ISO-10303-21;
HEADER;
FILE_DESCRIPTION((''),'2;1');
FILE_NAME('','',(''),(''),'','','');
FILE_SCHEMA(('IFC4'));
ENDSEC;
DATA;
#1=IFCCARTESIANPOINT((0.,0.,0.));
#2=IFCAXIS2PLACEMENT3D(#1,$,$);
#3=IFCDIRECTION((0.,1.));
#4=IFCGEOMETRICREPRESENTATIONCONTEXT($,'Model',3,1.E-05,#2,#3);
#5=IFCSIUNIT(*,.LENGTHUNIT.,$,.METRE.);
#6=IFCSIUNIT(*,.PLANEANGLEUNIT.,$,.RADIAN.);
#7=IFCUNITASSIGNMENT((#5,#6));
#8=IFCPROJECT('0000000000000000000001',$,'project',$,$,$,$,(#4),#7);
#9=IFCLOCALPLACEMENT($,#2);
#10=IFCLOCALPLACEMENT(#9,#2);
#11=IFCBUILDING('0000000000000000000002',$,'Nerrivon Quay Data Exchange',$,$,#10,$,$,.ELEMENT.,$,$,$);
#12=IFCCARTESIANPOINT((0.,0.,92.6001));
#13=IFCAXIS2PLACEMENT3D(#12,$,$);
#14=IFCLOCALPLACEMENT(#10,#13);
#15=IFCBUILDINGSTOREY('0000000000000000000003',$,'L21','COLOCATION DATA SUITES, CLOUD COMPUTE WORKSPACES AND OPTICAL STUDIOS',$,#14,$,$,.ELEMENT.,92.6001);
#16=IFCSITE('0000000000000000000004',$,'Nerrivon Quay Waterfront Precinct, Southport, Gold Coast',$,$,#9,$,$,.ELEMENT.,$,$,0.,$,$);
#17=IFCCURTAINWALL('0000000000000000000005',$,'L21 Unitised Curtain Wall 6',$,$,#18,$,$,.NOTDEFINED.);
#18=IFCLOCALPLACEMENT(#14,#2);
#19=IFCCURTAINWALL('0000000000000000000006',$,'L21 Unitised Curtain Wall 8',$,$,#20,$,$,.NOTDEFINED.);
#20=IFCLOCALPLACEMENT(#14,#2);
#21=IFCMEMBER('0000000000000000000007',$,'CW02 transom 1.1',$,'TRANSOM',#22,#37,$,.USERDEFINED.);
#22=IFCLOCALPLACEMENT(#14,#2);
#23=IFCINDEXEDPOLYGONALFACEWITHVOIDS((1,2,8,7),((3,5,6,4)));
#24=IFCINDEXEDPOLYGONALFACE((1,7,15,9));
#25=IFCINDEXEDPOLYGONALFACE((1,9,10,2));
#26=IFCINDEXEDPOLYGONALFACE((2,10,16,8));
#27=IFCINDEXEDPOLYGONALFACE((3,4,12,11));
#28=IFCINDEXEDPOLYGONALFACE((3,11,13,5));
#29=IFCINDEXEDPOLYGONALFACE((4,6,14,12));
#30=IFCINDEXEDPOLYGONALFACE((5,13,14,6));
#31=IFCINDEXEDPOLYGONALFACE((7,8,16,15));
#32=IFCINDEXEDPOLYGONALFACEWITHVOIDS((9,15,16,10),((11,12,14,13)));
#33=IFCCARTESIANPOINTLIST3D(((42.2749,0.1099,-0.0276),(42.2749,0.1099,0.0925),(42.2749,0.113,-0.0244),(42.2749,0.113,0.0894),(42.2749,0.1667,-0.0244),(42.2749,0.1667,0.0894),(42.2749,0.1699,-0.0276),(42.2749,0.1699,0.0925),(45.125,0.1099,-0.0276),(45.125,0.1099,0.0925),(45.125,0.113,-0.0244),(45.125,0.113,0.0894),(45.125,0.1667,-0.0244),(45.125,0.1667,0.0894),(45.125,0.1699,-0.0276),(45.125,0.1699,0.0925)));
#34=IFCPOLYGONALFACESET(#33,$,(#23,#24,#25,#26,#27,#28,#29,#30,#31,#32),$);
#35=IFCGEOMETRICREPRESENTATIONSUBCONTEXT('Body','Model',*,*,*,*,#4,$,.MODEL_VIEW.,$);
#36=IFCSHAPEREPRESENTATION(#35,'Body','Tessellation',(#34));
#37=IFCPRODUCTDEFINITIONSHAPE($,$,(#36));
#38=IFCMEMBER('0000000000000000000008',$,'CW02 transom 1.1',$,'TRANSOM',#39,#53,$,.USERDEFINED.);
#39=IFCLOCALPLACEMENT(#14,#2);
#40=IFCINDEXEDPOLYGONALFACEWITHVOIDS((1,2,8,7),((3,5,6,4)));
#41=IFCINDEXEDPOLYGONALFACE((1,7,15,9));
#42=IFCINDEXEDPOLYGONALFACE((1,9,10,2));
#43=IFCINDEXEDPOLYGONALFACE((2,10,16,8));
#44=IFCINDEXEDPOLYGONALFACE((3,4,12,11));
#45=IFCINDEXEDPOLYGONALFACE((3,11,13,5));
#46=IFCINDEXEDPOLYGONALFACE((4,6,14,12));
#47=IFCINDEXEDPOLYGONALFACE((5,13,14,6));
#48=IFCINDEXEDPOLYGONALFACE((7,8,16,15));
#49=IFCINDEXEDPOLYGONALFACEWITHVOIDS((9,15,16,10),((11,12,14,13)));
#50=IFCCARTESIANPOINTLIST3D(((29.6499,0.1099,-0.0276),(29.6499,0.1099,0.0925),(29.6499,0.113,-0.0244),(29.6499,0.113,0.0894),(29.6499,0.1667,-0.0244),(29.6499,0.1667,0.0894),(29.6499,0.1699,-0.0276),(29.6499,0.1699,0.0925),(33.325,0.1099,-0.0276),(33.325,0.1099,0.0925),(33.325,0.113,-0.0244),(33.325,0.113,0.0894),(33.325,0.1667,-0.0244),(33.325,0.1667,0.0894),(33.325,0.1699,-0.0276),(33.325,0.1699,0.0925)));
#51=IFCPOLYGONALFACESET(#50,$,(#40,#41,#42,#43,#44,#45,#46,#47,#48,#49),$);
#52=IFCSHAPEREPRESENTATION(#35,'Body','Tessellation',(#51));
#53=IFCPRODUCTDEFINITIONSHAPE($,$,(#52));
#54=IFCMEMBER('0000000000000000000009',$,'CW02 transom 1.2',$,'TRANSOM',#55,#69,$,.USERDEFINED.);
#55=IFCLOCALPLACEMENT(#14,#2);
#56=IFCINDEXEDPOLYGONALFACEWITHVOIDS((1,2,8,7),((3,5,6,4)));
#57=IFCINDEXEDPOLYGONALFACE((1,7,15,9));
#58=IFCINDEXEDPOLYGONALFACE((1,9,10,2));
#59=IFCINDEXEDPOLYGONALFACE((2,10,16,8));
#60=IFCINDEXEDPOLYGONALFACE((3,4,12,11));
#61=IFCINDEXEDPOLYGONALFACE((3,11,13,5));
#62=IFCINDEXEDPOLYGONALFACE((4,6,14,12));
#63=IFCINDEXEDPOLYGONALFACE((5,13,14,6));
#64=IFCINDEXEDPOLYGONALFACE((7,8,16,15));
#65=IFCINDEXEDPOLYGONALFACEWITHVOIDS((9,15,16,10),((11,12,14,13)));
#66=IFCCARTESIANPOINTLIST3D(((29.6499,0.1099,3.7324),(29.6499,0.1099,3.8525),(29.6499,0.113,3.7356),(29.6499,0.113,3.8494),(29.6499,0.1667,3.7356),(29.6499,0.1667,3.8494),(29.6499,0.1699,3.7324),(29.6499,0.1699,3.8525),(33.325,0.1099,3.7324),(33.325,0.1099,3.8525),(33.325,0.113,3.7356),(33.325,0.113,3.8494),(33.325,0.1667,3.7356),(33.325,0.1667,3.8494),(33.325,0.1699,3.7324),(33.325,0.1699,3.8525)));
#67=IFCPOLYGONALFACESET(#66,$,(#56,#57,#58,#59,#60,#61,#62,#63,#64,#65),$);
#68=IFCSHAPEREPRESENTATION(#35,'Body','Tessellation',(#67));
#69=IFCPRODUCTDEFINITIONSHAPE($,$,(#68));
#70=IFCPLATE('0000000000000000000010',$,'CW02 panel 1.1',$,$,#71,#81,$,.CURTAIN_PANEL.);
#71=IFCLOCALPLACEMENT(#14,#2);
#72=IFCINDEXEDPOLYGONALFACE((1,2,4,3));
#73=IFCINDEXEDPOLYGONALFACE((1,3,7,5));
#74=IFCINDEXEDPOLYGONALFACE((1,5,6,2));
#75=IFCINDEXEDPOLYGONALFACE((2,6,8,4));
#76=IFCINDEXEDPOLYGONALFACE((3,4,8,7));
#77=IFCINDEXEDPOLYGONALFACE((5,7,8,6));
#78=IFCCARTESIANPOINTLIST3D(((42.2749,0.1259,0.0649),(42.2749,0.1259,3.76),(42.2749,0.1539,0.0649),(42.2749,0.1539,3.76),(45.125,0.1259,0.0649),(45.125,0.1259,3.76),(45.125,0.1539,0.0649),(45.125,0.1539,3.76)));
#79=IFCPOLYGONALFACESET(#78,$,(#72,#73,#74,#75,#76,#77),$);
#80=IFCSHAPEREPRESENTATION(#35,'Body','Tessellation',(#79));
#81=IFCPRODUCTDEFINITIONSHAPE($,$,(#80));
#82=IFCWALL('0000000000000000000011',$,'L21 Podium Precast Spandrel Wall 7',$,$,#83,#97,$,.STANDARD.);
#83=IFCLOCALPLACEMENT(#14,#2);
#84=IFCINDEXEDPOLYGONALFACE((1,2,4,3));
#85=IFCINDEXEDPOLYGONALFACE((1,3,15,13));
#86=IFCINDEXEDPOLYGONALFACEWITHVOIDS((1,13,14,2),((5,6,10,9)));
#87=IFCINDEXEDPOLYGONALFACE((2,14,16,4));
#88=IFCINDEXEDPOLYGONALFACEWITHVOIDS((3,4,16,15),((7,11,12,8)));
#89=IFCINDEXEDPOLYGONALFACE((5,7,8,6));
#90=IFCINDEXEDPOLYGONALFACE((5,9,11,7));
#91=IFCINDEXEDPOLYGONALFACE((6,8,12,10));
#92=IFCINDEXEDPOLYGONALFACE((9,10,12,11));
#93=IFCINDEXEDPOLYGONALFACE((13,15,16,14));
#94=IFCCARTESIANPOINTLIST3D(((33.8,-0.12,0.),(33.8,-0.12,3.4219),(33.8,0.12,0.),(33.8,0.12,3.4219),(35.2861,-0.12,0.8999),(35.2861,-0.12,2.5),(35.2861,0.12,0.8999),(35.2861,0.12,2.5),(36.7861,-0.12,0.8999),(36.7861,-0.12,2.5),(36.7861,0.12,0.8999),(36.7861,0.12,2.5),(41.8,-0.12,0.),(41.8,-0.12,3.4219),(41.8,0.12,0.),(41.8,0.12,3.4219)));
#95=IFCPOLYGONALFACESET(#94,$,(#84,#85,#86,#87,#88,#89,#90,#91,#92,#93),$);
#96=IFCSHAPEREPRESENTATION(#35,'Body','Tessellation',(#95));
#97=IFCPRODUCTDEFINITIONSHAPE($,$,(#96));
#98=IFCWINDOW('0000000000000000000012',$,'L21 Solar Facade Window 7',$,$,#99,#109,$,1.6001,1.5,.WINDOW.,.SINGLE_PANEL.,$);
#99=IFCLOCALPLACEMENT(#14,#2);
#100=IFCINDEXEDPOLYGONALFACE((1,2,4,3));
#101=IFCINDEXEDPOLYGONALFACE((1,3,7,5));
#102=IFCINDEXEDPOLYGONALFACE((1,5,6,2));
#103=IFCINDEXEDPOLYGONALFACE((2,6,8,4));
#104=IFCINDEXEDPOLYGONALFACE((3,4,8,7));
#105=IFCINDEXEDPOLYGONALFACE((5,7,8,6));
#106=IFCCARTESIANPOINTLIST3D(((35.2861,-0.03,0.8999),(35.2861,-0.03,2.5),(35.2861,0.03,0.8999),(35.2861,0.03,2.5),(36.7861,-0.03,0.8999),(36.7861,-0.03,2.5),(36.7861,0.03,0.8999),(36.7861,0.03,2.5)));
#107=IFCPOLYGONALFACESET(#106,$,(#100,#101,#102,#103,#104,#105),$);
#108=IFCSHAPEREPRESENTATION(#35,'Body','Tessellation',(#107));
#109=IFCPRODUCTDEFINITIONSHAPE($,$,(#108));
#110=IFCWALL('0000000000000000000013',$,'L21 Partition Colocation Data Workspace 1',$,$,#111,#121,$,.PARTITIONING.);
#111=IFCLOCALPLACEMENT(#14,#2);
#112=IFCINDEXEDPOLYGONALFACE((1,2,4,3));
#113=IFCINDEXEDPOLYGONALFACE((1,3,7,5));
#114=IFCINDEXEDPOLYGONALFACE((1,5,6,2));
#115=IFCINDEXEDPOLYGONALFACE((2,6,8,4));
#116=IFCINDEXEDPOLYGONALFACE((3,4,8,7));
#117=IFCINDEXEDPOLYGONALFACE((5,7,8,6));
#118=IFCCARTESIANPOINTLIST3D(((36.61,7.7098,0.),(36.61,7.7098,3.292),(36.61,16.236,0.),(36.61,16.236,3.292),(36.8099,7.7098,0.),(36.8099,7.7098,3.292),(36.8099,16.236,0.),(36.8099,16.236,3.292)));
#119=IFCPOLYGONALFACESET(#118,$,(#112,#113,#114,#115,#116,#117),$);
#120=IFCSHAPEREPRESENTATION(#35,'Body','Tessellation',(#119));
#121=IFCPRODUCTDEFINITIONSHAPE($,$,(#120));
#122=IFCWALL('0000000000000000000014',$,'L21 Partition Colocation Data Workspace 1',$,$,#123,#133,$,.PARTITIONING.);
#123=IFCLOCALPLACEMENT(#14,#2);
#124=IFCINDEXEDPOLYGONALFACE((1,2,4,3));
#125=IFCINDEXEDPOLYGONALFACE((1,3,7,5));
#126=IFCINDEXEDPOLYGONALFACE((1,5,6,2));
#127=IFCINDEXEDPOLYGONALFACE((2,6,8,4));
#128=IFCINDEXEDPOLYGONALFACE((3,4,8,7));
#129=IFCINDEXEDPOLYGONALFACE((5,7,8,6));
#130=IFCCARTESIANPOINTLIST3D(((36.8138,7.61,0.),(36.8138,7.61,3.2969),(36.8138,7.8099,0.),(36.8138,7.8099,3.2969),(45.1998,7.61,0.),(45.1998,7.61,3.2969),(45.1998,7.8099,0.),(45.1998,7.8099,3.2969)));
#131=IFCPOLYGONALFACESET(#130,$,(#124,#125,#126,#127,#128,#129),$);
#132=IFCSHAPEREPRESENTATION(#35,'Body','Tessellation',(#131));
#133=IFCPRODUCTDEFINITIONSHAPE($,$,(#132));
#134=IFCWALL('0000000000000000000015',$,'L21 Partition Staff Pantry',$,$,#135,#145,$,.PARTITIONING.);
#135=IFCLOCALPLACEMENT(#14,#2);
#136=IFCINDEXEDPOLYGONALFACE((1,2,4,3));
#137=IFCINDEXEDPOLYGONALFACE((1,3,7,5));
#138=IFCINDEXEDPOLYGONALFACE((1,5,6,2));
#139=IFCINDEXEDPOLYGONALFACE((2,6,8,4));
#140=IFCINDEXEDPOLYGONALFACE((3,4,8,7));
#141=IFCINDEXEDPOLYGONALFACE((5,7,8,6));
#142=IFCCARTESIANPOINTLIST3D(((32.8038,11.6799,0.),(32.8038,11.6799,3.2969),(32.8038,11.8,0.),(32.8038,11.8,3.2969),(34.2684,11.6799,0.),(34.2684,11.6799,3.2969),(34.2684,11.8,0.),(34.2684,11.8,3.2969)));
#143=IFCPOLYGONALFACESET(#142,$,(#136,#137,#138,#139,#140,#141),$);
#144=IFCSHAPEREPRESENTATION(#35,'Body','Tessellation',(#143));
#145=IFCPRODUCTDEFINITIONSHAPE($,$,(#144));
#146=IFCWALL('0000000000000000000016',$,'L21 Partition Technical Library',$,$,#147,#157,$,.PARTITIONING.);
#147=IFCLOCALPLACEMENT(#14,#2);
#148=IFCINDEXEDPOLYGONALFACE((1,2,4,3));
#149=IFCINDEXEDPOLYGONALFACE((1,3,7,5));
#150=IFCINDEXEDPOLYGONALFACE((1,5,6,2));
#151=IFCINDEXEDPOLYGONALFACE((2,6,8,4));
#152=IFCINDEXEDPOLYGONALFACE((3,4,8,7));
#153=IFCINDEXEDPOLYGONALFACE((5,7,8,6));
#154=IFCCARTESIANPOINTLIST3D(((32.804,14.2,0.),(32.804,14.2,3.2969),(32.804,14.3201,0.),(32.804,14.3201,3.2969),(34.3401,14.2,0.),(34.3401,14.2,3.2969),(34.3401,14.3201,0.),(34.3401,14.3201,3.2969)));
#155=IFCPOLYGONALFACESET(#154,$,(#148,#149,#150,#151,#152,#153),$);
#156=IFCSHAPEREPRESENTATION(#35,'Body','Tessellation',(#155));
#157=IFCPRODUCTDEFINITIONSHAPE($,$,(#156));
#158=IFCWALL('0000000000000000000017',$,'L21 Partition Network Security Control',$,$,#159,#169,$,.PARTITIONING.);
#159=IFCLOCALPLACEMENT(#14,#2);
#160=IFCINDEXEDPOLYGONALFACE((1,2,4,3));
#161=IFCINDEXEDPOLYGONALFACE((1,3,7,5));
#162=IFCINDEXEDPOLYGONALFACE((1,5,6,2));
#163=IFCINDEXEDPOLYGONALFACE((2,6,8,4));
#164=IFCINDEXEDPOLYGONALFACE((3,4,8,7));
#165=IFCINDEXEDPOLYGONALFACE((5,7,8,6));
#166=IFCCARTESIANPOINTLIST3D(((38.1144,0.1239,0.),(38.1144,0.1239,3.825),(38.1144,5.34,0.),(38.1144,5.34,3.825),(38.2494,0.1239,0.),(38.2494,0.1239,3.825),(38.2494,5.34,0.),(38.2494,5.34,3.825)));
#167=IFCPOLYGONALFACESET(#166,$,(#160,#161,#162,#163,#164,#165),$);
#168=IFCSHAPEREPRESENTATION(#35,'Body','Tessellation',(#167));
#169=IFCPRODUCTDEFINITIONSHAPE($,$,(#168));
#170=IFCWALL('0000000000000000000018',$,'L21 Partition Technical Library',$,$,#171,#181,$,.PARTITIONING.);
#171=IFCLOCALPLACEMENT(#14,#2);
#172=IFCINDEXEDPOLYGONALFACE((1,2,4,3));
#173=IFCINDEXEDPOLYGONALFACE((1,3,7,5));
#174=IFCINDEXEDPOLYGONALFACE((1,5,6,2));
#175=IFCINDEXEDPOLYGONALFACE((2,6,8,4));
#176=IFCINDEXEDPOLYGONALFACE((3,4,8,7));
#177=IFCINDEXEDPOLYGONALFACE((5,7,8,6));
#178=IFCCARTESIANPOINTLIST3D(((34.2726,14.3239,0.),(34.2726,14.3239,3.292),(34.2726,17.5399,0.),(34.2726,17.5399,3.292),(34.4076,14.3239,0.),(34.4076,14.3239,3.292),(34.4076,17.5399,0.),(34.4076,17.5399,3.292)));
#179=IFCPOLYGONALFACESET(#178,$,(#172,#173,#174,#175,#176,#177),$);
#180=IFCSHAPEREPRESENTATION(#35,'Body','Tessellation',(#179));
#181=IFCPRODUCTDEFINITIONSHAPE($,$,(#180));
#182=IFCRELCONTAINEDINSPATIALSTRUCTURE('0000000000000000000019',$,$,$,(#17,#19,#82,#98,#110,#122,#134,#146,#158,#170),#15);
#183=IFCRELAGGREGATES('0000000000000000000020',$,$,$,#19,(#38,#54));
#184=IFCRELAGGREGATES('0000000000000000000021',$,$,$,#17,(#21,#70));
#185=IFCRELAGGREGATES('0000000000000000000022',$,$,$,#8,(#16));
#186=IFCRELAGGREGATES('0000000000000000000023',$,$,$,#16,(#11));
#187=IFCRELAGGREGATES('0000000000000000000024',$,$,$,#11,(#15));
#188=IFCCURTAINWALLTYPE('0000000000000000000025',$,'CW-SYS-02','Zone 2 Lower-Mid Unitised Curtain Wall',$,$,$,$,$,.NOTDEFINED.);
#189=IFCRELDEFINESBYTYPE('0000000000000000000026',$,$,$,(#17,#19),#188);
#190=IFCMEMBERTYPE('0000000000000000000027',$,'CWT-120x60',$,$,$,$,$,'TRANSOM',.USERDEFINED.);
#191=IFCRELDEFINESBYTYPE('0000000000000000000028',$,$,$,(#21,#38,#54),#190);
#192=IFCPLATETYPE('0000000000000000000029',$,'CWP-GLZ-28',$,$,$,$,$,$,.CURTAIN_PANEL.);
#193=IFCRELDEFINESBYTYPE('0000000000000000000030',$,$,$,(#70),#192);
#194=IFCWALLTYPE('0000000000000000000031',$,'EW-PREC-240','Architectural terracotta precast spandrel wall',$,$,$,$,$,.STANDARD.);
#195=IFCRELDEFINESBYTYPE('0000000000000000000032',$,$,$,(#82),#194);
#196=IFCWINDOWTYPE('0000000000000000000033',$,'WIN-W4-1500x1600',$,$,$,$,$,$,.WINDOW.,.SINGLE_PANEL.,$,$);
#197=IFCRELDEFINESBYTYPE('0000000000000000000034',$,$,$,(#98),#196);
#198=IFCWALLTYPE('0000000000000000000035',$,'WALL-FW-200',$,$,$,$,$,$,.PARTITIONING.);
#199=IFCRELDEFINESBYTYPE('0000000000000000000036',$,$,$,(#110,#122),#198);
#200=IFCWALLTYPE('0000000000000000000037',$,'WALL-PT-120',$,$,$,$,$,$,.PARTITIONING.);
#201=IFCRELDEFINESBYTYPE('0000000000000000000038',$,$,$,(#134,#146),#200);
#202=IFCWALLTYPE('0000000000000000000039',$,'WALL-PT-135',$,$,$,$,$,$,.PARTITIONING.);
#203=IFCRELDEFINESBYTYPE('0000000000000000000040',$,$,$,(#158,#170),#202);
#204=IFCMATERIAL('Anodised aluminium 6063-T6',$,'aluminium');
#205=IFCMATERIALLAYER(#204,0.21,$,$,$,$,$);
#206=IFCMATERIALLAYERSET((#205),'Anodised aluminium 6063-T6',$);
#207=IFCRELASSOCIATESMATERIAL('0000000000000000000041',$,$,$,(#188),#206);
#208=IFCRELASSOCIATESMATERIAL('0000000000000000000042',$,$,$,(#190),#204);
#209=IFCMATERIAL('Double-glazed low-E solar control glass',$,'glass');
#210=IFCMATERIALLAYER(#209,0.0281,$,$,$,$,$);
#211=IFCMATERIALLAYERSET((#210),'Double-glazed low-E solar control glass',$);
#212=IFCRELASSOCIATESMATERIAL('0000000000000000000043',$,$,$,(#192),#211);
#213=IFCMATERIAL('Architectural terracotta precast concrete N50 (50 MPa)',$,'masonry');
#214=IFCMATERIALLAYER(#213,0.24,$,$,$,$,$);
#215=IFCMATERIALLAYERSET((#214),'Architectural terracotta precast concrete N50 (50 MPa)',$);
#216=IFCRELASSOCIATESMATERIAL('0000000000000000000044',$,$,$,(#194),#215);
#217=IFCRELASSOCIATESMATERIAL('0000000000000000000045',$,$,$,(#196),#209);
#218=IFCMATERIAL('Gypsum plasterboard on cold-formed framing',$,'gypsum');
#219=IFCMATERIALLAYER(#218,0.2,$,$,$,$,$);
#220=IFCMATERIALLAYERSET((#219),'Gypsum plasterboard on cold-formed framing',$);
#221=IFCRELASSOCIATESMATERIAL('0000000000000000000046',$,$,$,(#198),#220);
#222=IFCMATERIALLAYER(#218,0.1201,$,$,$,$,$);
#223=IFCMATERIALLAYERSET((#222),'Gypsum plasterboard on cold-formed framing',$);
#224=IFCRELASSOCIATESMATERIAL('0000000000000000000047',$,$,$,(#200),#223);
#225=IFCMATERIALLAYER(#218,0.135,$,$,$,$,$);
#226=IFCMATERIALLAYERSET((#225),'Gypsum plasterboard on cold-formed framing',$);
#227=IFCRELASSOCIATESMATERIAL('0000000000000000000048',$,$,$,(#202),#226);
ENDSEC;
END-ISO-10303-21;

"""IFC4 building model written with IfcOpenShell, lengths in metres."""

from ifc_helpers import new_model, si_unit, direction, frame, frame_2d, origin, origin_2d, place, context, subcontext, project, spatial, rectangle, hollow_rectangle, extrude, material, layer, layer_set, material_profile, profile_set, type_object, element, fill, aggregate, save


model = new_model("IFC4")

# Units and contexts
model_context = context("Model", 3, precision=1e-05, world=origin(), true_north=direction((0.0, 1.0)))
body_context = subcontext(model_context, "Body", "Model", "MODEL_VIEW")
ifc_project = project(units=[si_unit("LENGTHUNIT", "METRE"), si_unit("PLANEANGLEUNIT", "RADIAN")], contexts=[model_context])

# Site, building, storey
site_placement = place(None, origin())
site = spatial("IfcSite", under=ifc_project, at=site_placement, Name="Nerrivon Quay Waterfront Precinct, Southport, Gold Coast", CompositionType="ELEMENT", RefElevation=0.0)
building_placement = place(site_placement, origin())
building = spatial("IfcBuilding", under=site, at=building_placement, Name="Nerrivon Quay Data Exchange", CompositionType="ELEMENT")
storey_placement = place(building_placement, frame((0.0, 0.0, 92.6001)))
storey = spatial("IfcBuildingStorey", under=building, at=storey_placement, Name="L21", Description="COLOCATION DATA SUITES, CLOUD COMPUTE WORKSPACES AND OPTICAL STUDIOS", CompositionType="ELEMENT", Elevation=92.6001)

# Curtain walls
ifc_material_1 = material(Name="Anodised aluminium 6063-T6", Category="aluminium")
ifc_layer_1 = layer(ifc_material_1, 0.21)
ifc_layer_set_1 = layer_set([ifc_layer_1], Name="Anodised aluminium 6063-T6")
curtain_wall_type = type_object("IfcCurtainWallType", Name="CW-SYS-02", Description="Zone 2 Lower-Mid Unitised Curtain Wall", PredefinedType="NOTDEFINED", material=ifc_layer_set_1)
curtain_wall_1_placement = place(storey_placement, origin())
curtain_wall_1 = element("IfcCurtainWall", 1, at=curtain_wall_1_placement, inside=storey, type_object=curtain_wall_type, Name="L21 Unitised Curtain Wall 6", PredefinedType="NOTDEFINED")
curtain_wall_2_placement = place(storey_placement, origin())
curtain_wall_2 = element("IfcCurtainWall", 2, at=curtain_wall_2_placement, inside=storey, type_object=curtain_wall_type, Name="L21 Unitised Curtain Wall 8", PredefinedType="NOTDEFINED")

# Members
ifc_material_profile_1 = material_profile(ifc_material_1, hollow_rectangle(XDim=0.0601, YDim=0.1201, WallThickness=0.0032, at=origin_2d()), Name="ALU-TRAN-120x60")
ifc_profile_set_1 = profile_set([ifc_material_profile_1], Name="Anodised aluminium 6063-T6")
member_type_1 = type_object("IfcMemberType", Name="CWT-120x60", ElementType="TRANSOM", PredefinedType="USERDEFINED", material=ifc_profile_set_1)
member_1_placement = place(storey_placement, frame((45.125, 0.1399, 0.0325), z_axis=(-1.0, 0.0, 0.0), x_axis=(0.0, -1.0, 0.0)))
member_1 = element("IfcMember", 3, at=member_1_placement, type_object=member_type_1, Name="CW02 transom 1.1", ObjectType="TRANSOM", PredefinedType="USERDEFINED", context=body_context, shape_type="SweptSolid", body=[
    extrude(hollow_rectangle(XDim=0.0601, YDim=0.1201, WallThickness=0.0032, at=origin_2d()), origin(), (0.0, 0.0, 1.0), 2.8501),
])
member_2_placement = place(storey_placement, frame((33.325, 0.1399, 0.0325), z_axis=(-1.0, 0.0, 0.0), x_axis=(0.0, -1.0, 0.0)))
member_2 = element("IfcMember", 4, at=member_2_placement, type_object=member_type_1, Name="CW02 transom 1.1", ObjectType="TRANSOM", PredefinedType="USERDEFINED", context=body_context, shape_type="SweptSolid", body=[
    extrude(hollow_rectangle(XDim=0.0601, YDim=0.1201, WallThickness=0.0032, at=origin_2d()), origin(), (0.0, 0.0, 1.0), 3.675),
])
member_3_placement = place(storey_placement, frame((33.325, 0.1399, 3.7925), z_axis=(-1.0, 0.0, 0.0), x_axis=(0.0, -1.0, 0.0)))
member_3 = element("IfcMember", 5, at=member_3_placement, type_object=member_type_1, Name="CW02 transom 1.2", ObjectType="TRANSOM", PredefinedType="USERDEFINED", context=body_context, shape_type="SweptSolid", body=[
    extrude(hollow_rectangle(XDim=0.0601, YDim=0.1201, WallThickness=0.0032, at=origin_2d()), origin(), (0.0, 0.0, 1.0), 3.675),
])
aggregate(curtain_wall_2, [member_2, member_3])

# Plate
ifc_material_2 = material(Name="Double-glazed low-E solar control glass", Category="glass")
ifc_layer_2 = layer(ifc_material_2, 0.0281)
ifc_layer_set_2 = layer_set([ifc_layer_2], Name="Double-glazed low-E solar control glass")
plate_type = type_object("IfcPlateType", Name="CWP-GLZ-28", PredefinedType="CURTAIN_PANEL", material=ifc_layer_set_2)
plate_placement = place(storey_placement, frame((43.7, 0.1399, 0.0649), z_axis=(0.0, 0.0, 1.0), x_axis=(-1.0, 0.0, 0.0)))
plate = element("IfcPlate", 6, at=plate_placement, type_object=plate_type, Name="CW02 panel 1.1", PredefinedType="CURTAIN_PANEL", context=body_context, shape_type="SweptSolid", body=[
    extrude(rectangle(XDim=2.8501, YDim=0.0281, at=origin_2d()), origin(), (0.0, 0.0, 1.0), 3.6951),
])
aggregate(curtain_wall_1, [member_1, plate])

# Wall, opening, window
ifc_material_3 = material(Name="Architectural terracotta precast concrete N50 (50 MPa)", Category="masonry")
ifc_layer_3 = layer(ifc_material_3, 0.24)
ifc_layer_set_3 = layer_set([ifc_layer_3], Name="Architectural terracotta precast concrete N50 (50 MPa)")
wall_type_1 = type_object("IfcWallType", Name="EW-PREC-240", Description="Architectural terracotta precast spandrel wall", PredefinedType="STANDARD", material=ifc_layer_set_3)
wall_1_placement = place(storey_placement, frame((41.8, 0.0, 0.0), z_axis=(0.0, 0.0, 1.0), x_axis=(-1.0, 0.0, 0.0)))
wall_1 = element("IfcWall", 7, at=wall_1_placement, inside=storey, type_object=wall_type_1, Name="L21 Podium Precast Spandrel Wall 7", PredefinedType="STANDARD", context=body_context, shape_type="SweptSolid", body=[
    extrude(rectangle(XDim=8.0, YDim=0.24, at=frame_2d((4.0, 0.0))), origin(), (0.0, 0.0, 1.0), 3.4219),
])
opening_1_placement = place(wall_1_placement, frame((5.0139, 0.0, 0.8999)))
opening_1 = element("IfcOpeningElement", 8, at=opening_1_placement, cuts=wall_1, PredefinedType="OPENING", context=body_context, shape_type="SweptSolid", body=[
    extrude(rectangle(XDim=1.5, YDim=1.6001, at=frame_2d((0.75, 0.8))), frame((0.0, 0.1299, 0.0), z_axis=(0.0, -1.0, 0.0), x_axis=(1.0, 0.0, 0.0)), (0.0, 0.0, 1.0), 0.26),
])
window_type = type_object("IfcWindowType", Name="WIN-W4-1500x1600", PartitioningType="SINGLE_PANEL", PredefinedType="WINDOW", material=ifc_material_2)
window_placement = place(opening_1_placement, origin())
window = element("IfcWindow", 9, at=window_placement, inside=storey, type_object=window_type, Name="L21 Solar Facade Window 7", OverallHeight=1.6001, OverallWidth=1.5, PartitioningType="SINGLE_PANEL", PredefinedType="WINDOW", context=body_context, shape_type="SweptSolid", body=[
    extrude(rectangle(XDim=1.5, YDim=1.6001, at=frame_2d((0.75, 0.8))), frame((0.0, 0.03, 0.0), z_axis=(0.0, -1.0, 0.0), x_axis=(1.0, 0.0, 0.0)), (0.0, 0.0, 1.0), 0.0601),
])
fill(opening_1, window)

# Walls
ifc_material_4 = material(Name="Gypsum plasterboard on cold-formed framing", Category="gypsum")
ifc_layer_4 = layer(ifc_material_4, 0.2)
ifc_layer_set_4 = layer_set([ifc_layer_4], Name="Gypsum plasterboard on cold-formed framing")
wall_type_2 = type_object("IfcWallType", Name="WALL-FW-200", PredefinedType="PARTITIONING", material=ifc_layer_set_4)
wall_2_placement = place(storey_placement, frame((36.71, 16.2361, 0.0), z_axis=(0.0, 0.0, 1.0), x_axis=(0.0, -1.0, 0.0)))
element("IfcWall", 10, at=wall_2_placement, inside=storey, type_object=wall_type_2, Name="L21 Partition Colocation Data Workspace 1", PredefinedType="PARTITIONING", context=body_context, shape_type="SweptSolid", body=[
    extrude(rectangle(XDim=8.5261, YDim=0.2, at=frame_2d((4.2632, 0.0))), origin(), (0.0, 0.0, 1.0), 3.292),
])
wall_3_placement = place(storey_placement, frame((36.814, 7.71, 0.0), z_axis=(0.0, 0.0, 1.0), x_axis=(1.0, 0.0, 0.0)))
element("IfcWall", 11, at=wall_3_placement, inside=storey, type_object=wall_type_2, Name="L21 Partition Colocation Data Workspace 1", PredefinedType="PARTITIONING", context=body_context, shape_type="SweptSolid", body=[
    extrude(rectangle(XDim=8.386, YDim=0.2, at=frame_2d((4.1929, 0.0))), origin(), (0.0, 0.0, 1.0), 3.2969),
])
ifc_layer_5 = layer(ifc_material_4, 0.1201)
ifc_layer_set_5 = layer_set([ifc_layer_5], Name="Gypsum plasterboard on cold-formed framing")
wall_type_3 = type_object("IfcWallType", Name="WALL-PT-120", PredefinedType="PARTITIONING", material=ifc_layer_set_5)
wall_4_placement = place(storey_placement, frame((34.2686, 11.74, 0.0), z_axis=(0.0, 0.0, 1.0), x_axis=(-1.0, 0.0, 0.0)))
element("IfcWall", 12, at=wall_4_placement, inside=storey, type_object=wall_type_3, Name="L21 Partition Staff Pantry", PredefinedType="PARTITIONING", context=body_context, shape_type="SweptSolid", body=[
    extrude(rectangle(XDim=1.4646, YDim=0.1201, at=frame_2d((0.7324, 0.0))), origin(), (0.0, 0.0, 1.0), 3.2969),
])
wall_5_placement = place(storey_placement, frame((32.804, 14.26, 0.0), z_axis=(0.0, 0.0, 1.0), x_axis=(1.0, 0.0, 0.0)))
element("IfcWall", 13, at=wall_5_placement, inside=storey, type_object=wall_type_3, Name="L21 Partition Technical Library", PredefinedType="PARTITIONING", context=body_context, shape_type="SweptSolid", body=[
    extrude(rectangle(XDim=1.5361, YDim=0.1201, at=frame_2d((0.7681, 0.0))), origin(), (0.0, 0.0, 1.0), 3.2969),
])

# Shared definitions
ifc_layer_6 = layer(ifc_material_4, 0.135)
ifc_layer_set_6 = layer_set([ifc_layer_6], Name="Gypsum plasterboard on cold-formed framing")
wall_type_4 = type_object("IfcWallType", Name="WALL-PT-135", PredefinedType="PARTITIONING", material=ifc_layer_set_6)

# Walls
wall_6_placement = place(storey_placement, frame((38.1819, 0.124, 0.0), z_axis=(0.0, 0.0, 1.0), x_axis=(0.0, 1.0, 0.0)))
element("IfcWall", 14, at=wall_6_placement, inside=storey, type_object=wall_type_4, Name="L21 Partition Network Security Control", PredefinedType="PARTITIONING", context=body_context, shape_type="SweptSolid", body=[
    extrude(rectangle(XDim=5.2161, YDim=0.135, at=frame_2d((2.6079, 0.0))), origin(), (0.0, 0.0, 1.0), 3.825),
])
wall_7_placement = place(storey_placement, frame((34.3401, 14.324, 0.0), z_axis=(0.0, 0.0, 1.0), x_axis=(0.0, 1.0, 0.0)))
element("IfcWall", 15, at=wall_7_placement, inside=storey, type_object=wall_type_4, Name="L21 Partition Technical Library", PredefinedType="PARTITIONING", context=body_context, shape_type="SweptSolid", body=[
    extrude(rectangle(XDim=3.2161, YDim=0.135, at=frame_2d((1.6079, 0.0))), origin(), (0.0, 0.0, 1.0), 3.292),
])

save(model, "model.ifc")
